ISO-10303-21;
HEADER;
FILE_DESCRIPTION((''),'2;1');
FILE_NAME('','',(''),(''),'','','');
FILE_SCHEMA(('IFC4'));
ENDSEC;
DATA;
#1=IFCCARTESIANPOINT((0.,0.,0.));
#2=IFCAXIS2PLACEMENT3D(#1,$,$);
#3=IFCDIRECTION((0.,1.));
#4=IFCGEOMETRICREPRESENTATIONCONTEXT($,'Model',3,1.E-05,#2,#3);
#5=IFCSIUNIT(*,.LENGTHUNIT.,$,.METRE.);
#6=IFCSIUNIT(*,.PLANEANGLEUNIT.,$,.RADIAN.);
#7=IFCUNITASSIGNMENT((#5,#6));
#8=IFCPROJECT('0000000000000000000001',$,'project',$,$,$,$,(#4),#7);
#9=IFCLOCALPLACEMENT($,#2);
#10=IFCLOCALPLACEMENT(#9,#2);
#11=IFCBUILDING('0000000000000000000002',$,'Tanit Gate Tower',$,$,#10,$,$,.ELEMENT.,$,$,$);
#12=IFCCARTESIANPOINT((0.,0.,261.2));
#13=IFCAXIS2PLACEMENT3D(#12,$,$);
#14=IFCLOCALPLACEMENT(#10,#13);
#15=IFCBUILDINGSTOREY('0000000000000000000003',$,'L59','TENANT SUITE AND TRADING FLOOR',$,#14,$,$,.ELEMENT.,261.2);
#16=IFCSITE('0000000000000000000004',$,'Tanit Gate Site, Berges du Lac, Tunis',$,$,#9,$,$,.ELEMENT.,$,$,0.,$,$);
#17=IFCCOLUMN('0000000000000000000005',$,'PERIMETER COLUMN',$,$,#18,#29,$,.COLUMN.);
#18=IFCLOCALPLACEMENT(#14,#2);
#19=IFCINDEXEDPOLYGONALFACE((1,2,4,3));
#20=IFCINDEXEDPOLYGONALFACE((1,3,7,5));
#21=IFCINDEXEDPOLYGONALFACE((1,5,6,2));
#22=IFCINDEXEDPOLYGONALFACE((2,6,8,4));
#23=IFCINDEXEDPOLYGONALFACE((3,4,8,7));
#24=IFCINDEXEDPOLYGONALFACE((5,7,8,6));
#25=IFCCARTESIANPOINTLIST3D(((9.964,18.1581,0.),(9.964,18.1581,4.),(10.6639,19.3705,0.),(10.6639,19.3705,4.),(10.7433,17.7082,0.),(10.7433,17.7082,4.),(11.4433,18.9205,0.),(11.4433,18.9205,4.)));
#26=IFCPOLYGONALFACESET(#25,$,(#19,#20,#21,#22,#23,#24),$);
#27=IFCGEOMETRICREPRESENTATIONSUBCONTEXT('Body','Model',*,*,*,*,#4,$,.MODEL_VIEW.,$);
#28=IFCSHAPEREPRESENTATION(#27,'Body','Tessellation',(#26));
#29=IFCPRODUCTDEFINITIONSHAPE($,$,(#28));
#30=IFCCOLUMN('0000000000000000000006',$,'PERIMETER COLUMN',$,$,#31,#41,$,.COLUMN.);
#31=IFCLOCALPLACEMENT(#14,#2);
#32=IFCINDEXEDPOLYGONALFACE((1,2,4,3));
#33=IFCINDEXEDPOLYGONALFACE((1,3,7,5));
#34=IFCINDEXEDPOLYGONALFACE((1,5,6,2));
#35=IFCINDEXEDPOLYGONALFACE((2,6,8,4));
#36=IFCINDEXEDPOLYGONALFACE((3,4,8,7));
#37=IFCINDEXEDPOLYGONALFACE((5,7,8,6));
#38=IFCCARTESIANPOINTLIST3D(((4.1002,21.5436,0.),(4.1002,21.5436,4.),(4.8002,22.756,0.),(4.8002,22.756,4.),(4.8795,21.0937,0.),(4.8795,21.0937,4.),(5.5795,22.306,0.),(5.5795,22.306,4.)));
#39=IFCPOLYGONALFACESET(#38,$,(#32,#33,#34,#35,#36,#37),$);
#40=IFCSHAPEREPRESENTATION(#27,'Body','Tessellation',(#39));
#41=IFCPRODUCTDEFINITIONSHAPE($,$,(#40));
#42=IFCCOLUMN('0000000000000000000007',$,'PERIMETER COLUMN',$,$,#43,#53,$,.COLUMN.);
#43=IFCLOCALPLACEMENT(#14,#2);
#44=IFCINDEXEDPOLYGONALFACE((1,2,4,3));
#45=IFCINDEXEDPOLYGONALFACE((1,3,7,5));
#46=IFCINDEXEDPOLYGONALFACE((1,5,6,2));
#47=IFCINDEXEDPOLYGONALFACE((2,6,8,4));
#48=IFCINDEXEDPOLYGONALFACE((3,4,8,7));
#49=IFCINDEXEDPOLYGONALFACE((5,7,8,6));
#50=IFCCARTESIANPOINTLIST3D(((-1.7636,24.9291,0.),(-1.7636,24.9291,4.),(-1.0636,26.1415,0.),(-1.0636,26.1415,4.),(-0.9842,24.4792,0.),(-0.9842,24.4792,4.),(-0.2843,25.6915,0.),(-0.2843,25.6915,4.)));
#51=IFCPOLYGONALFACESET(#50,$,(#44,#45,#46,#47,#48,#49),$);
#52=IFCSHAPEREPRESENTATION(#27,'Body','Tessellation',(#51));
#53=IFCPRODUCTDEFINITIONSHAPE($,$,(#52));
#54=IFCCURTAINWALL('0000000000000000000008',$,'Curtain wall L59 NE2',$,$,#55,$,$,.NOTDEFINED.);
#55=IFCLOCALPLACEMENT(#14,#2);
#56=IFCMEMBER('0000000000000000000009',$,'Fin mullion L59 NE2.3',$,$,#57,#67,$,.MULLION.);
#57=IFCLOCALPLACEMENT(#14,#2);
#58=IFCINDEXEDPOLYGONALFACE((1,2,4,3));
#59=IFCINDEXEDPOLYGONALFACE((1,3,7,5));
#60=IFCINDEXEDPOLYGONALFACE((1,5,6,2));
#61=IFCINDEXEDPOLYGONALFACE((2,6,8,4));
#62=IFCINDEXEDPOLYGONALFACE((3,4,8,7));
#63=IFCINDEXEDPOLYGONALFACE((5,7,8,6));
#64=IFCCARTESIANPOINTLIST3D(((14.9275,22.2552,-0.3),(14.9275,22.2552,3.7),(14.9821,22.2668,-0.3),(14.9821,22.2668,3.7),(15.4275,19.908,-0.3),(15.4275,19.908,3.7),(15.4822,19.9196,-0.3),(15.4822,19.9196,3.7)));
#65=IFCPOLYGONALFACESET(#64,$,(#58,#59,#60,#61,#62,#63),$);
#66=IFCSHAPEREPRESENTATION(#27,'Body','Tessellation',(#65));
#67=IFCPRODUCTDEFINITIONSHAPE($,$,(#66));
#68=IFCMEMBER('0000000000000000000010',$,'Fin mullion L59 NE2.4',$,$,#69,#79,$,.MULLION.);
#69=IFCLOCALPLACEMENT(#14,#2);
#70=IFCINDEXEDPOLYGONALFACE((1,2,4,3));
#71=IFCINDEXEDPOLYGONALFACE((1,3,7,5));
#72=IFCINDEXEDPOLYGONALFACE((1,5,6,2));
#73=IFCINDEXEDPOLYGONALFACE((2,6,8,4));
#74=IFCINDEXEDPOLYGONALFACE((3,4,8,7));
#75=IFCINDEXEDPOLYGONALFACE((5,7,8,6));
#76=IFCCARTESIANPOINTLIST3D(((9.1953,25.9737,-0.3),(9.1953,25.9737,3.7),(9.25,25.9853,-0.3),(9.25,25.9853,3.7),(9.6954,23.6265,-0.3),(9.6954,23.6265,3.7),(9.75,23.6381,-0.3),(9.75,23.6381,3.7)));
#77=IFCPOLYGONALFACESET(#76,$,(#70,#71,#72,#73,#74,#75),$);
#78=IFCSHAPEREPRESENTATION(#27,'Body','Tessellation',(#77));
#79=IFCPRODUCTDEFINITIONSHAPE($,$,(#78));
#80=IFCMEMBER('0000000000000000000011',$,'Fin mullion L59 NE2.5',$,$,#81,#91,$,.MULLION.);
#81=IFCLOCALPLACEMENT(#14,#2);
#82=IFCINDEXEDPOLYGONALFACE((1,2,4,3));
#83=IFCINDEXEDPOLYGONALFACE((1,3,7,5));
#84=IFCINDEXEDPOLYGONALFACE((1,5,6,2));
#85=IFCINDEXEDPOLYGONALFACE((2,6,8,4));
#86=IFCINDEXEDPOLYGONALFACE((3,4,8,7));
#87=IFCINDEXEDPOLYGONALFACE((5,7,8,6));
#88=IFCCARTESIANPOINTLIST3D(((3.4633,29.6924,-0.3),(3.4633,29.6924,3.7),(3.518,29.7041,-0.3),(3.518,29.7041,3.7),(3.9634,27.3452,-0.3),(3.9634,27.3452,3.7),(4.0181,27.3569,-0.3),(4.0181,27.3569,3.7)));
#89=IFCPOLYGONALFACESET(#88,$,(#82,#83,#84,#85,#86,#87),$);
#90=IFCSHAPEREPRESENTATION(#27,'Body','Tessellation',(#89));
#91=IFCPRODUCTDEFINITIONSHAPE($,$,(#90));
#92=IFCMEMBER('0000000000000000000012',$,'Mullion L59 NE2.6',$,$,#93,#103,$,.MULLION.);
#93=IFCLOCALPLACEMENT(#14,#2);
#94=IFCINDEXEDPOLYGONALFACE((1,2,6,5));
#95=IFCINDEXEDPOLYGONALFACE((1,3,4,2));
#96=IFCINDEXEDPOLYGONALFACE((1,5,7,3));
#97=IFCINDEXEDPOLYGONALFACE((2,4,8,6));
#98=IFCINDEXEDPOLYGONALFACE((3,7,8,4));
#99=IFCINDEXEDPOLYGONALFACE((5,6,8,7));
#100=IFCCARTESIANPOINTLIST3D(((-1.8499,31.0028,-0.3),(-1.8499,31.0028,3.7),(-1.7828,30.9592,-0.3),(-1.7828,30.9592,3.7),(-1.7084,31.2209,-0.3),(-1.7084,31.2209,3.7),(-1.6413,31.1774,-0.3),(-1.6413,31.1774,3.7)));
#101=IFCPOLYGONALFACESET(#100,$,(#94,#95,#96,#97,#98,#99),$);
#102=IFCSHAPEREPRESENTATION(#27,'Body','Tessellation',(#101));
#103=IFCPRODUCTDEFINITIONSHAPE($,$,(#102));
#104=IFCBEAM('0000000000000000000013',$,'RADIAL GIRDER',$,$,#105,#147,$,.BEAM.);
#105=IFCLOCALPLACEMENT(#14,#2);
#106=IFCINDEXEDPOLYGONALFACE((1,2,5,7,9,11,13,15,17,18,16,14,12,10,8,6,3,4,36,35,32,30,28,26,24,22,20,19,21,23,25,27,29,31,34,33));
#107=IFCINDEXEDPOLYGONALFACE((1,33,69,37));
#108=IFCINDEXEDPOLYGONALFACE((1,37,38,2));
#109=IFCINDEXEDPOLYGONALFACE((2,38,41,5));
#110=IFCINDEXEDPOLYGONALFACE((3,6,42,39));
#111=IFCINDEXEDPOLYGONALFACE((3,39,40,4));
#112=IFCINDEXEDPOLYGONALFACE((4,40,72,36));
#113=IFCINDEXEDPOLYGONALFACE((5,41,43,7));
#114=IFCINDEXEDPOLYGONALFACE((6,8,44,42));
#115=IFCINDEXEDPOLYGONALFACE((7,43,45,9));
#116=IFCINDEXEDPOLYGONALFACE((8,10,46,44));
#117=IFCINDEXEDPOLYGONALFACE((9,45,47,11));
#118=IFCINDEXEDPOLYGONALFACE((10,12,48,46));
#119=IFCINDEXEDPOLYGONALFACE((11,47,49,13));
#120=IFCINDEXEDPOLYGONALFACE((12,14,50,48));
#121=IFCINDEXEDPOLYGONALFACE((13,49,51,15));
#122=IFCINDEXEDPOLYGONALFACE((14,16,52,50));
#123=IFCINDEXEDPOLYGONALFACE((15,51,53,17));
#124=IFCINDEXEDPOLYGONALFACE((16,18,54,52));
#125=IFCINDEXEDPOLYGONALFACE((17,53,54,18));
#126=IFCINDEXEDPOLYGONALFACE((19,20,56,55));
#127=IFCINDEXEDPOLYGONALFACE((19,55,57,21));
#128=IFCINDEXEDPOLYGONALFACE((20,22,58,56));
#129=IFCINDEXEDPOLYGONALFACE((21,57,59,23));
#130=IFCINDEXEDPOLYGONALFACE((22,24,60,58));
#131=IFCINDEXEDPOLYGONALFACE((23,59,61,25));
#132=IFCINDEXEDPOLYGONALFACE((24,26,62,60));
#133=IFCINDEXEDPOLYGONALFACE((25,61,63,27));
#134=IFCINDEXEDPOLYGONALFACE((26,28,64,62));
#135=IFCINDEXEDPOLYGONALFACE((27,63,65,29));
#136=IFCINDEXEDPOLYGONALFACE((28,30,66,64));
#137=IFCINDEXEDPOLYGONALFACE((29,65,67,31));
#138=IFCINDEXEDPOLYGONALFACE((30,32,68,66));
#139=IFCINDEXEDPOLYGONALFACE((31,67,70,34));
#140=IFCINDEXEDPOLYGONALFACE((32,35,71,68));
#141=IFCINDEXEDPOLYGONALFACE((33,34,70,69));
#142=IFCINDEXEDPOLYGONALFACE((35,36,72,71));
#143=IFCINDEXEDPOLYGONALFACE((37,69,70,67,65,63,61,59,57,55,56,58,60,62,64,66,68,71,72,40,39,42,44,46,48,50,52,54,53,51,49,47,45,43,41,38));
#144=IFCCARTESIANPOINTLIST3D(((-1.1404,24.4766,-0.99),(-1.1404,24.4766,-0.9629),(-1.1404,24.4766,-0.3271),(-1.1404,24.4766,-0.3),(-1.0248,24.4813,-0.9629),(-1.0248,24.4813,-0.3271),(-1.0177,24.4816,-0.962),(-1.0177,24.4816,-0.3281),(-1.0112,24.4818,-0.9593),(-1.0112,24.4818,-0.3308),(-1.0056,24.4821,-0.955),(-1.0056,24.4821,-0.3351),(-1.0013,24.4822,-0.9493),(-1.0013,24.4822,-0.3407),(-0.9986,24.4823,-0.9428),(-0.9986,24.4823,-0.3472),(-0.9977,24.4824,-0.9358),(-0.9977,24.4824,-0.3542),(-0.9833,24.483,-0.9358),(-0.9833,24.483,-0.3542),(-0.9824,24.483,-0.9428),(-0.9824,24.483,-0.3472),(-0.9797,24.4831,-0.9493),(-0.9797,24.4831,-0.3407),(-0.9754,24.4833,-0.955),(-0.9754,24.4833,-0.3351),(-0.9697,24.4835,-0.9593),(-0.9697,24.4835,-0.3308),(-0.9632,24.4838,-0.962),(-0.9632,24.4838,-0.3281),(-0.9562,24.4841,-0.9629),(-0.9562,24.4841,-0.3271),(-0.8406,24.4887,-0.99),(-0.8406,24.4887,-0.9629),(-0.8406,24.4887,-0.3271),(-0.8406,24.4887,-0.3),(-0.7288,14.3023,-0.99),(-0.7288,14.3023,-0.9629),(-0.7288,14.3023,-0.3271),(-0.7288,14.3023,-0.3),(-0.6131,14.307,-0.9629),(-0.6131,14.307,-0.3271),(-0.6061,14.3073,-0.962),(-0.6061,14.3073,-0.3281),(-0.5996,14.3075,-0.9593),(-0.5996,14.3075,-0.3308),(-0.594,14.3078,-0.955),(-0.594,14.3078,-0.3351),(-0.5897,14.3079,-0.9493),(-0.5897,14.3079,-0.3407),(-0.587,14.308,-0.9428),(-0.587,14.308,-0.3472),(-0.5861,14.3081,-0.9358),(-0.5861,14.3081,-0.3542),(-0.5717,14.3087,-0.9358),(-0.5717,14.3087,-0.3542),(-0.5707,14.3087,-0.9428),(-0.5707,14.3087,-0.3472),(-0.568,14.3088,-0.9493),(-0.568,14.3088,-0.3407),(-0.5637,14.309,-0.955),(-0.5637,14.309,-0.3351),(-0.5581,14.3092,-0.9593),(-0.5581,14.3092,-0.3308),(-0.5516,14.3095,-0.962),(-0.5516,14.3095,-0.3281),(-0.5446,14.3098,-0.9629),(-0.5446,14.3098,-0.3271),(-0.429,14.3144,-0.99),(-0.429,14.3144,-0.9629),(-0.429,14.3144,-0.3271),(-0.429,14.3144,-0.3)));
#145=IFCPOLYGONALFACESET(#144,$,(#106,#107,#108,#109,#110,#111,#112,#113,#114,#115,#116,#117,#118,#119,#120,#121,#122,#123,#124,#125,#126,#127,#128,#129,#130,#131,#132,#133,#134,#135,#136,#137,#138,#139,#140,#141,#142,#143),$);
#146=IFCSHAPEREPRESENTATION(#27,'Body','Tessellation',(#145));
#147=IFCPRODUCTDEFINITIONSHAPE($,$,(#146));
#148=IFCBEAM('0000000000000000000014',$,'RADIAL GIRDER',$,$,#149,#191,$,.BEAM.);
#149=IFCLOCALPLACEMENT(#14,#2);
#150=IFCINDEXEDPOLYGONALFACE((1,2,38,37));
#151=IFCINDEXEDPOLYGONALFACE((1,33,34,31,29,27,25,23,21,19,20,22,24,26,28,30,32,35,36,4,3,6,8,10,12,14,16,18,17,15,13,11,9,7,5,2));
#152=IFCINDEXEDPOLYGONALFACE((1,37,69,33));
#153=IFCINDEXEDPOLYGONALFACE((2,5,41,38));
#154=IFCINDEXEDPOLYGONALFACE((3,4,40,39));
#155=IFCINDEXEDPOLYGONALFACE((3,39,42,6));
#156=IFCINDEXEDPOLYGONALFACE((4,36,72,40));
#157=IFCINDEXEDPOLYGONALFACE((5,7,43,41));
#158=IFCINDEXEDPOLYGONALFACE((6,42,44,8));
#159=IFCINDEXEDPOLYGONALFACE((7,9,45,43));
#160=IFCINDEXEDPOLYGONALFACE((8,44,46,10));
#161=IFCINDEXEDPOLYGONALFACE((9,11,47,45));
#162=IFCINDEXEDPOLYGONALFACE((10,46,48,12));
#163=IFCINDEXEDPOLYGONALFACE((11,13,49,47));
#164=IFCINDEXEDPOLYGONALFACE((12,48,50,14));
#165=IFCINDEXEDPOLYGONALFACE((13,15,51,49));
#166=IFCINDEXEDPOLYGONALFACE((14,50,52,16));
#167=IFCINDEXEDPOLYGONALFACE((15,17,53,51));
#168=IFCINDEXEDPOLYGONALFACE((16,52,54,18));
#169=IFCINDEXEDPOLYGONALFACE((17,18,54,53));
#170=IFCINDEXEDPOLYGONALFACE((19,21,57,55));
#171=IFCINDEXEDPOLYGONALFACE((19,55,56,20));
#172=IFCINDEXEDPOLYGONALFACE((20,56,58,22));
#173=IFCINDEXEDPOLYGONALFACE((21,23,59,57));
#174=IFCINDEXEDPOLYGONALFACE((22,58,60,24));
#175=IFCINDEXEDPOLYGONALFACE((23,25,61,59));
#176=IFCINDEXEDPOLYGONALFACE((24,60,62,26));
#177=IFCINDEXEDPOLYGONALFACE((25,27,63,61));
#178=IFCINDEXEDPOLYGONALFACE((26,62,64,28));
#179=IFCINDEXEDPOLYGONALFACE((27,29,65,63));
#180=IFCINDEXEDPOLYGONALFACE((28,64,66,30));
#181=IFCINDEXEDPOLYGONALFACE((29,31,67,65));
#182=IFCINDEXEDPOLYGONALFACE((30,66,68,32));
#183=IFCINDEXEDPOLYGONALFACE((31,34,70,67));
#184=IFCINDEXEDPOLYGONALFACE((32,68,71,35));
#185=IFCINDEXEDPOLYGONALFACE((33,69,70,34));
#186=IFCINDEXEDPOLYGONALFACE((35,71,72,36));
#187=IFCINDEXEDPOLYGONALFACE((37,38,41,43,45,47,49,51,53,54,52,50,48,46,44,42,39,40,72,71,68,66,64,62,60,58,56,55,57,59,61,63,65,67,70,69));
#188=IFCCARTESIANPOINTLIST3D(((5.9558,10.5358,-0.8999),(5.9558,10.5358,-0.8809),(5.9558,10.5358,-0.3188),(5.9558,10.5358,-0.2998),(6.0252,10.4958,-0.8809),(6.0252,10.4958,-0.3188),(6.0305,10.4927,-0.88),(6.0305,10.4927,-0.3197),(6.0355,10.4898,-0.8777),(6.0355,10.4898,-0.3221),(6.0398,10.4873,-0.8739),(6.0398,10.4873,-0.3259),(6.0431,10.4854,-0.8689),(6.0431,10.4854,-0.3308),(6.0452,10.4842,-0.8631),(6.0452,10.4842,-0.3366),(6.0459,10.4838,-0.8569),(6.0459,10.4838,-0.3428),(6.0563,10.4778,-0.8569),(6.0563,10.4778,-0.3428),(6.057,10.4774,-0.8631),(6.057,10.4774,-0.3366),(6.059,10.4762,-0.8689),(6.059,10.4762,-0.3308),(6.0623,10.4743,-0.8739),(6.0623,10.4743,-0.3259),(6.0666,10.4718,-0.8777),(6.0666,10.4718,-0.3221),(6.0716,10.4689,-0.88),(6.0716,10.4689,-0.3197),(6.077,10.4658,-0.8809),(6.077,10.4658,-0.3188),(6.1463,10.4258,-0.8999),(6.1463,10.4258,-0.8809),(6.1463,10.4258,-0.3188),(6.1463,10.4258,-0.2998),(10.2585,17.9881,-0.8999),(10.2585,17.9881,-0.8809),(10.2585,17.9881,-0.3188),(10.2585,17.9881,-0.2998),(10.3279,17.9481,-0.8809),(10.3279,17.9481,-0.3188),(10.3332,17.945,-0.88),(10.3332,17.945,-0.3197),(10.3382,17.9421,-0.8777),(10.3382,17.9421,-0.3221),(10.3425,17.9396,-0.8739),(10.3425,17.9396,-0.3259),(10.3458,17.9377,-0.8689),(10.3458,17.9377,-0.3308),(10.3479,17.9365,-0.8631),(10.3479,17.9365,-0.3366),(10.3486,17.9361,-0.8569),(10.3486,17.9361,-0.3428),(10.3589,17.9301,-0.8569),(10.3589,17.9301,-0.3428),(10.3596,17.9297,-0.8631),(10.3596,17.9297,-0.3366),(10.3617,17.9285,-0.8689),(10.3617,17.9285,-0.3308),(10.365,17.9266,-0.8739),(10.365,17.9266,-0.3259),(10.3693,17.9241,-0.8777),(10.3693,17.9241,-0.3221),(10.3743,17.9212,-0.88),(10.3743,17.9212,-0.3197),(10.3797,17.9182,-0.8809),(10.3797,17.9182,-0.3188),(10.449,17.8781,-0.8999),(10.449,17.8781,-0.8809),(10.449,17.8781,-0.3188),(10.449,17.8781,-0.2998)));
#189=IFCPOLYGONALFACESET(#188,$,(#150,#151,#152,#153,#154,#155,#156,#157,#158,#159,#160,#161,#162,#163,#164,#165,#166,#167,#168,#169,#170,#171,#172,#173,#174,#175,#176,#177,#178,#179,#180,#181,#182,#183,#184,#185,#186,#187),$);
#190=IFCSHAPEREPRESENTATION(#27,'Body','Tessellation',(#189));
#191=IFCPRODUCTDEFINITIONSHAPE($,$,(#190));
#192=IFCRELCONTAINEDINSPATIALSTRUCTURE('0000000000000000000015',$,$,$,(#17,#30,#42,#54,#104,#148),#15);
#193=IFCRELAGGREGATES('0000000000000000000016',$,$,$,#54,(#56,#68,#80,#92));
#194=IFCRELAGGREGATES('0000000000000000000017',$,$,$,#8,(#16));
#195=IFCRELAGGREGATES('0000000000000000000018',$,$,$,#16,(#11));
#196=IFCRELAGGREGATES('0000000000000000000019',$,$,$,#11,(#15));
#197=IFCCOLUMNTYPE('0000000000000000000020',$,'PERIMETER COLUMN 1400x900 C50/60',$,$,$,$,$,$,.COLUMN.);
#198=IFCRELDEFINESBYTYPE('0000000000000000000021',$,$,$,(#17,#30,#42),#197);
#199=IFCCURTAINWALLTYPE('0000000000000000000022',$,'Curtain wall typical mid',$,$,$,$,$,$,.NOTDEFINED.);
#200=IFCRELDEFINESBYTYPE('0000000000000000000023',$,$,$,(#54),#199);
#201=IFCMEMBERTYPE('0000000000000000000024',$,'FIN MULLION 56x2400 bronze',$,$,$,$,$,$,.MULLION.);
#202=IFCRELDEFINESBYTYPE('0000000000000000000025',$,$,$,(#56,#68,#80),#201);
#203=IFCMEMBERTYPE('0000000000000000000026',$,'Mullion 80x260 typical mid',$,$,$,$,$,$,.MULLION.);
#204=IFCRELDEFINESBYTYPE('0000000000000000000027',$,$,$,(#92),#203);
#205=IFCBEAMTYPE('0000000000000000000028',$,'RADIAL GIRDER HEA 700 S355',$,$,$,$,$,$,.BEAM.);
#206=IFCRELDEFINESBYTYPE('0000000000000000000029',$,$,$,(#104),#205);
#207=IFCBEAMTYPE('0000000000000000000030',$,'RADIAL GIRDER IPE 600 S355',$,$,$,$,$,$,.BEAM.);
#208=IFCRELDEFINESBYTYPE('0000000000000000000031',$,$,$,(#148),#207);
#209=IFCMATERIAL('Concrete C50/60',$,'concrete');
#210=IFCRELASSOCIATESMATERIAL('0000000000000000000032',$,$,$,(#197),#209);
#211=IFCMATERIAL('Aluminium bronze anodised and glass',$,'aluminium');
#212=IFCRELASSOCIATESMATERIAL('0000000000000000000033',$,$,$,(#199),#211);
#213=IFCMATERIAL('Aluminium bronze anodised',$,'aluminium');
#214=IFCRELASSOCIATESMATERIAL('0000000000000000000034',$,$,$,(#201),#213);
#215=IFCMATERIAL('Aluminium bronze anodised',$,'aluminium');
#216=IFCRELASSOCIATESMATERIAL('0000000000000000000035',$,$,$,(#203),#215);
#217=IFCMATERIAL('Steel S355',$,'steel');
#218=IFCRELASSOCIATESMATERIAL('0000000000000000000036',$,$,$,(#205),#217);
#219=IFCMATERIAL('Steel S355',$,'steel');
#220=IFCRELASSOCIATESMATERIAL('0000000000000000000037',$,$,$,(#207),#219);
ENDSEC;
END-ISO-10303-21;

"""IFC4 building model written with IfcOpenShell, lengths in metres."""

from ifc_helpers import new_model, si_unit, direction, frame, origin, origin_2d, place, context, subcontext, project, spatial, rectangle, i_section, extrude, material, material_profile, profile_set, type_object, element, aggregate, save


model = new_model("IFC4")

# Units and contexts
model_context = context("Model", 3, precision=1e-05, world=origin(), true_north=direction((0.0, 1.0)))
body_context = subcontext(model_context, "Body", "Model", "MODEL_VIEW")
ifc_project = project(units=[si_unit("LENGTHUNIT", "METRE"), si_unit("PLANEANGLEUNIT", "RADIAN")], contexts=[model_context])

# Site, building, storey
site_placement = place(None, origin())
site = spatial("IfcSite", under=ifc_project, at=site_placement, Name="Tanit Gate Site, Berges du Lac, Tunis", CompositionType="ELEMENT", RefElevation=0.0)
building_placement = place(site_placement, origin())
building = spatial("IfcBuilding", under=site, at=building_placement, Name="Tanit Gate Tower", CompositionType="ELEMENT")
storey_placement = place(building_placement, frame((0.0, 0.0, 261.2)))
storey = spatial("IfcBuildingStorey", under=building, at=storey_placement, Name="L59", Description="TENANT SUITE AND TRADING FLOOR", CompositionType="ELEMENT", Elevation=261.2)

# Columns
ifc_material_1 = material(Name="Concrete C50/60", Category="concrete")
ifc_material_profile_1 = material_profile(ifc_material_1, rectangle(XDim=1.3999, YDim=0.8999, at=origin_2d()), Name="RC 1400x900")
ifc_profile_set_1 = profile_set([ifc_material_profile_1], Name="Concrete C50/60")
column_type = type_object("IfcColumnType", Name="PERIMETER COLUMN 1400x900 C50/60", PredefinedType="COLUMN", material=ifc_profile_set_1)
for number, where, z_axis, x_axis, name in (
    (1, (10.7036, 18.5393, 0.0), (0.0, 0.0, 1.0), (0.5, 0.866025, 0.0), "PERIMETER COLUMN"),
    (2, (4.8398, 21.9248, 0.0), (0.0, 0.0, 1.0), (0.5, 0.866025, 0.0), "PERIMETER COLUMN"),
    (3, (-1.0239, 25.3103, 0.0), (0.0, 0.0, 1.0), (0.5, 0.866025, 0.0), "PERIMETER COLUMN"),
):
    element("IfcColumn", number, at=place(storey_placement, frame(where, z_axis=z_axis, x_axis=x_axis)), inside=storey, type_object=column_type, Name=name, PredefinedType="COLUMN", context=body_context, shape_type="SweptSolid", body=[
        extrude(rectangle(XDim=1.3999, YDim=0.8999, at=origin_2d()), origin(), (0.0, 0.0, 1.0), 4.0),
    ])

# Curtain wall, members
ifc_material_2 = material(Name="Aluminium bronze anodised and glass", Category="aluminium")
curtain_wall_type = type_object("IfcCurtainWallType", Name="Curtain wall typical mid", PredefinedType="NOTDEFINED", material=ifc_material_2)
curtain_wall_placement = place(storey_placement, origin())
curtain_wall = element("IfcCurtainWall", 4, at=curtain_wall_placement, inside=storey, type_object=curtain_wall_type, Name="Curtain wall L59 NE2", PredefinedType="NOTDEFINED")
ifc_material_3 = material(Name="Aluminium bronze anodised", Category="aluminium")
ifc_material_profile_2 = material_profile(ifc_material_3, rectangle(XDim=2.3999, YDim=0.0559, at=origin_2d()), Name="56x2400 bronze fin mullion")
ifc_profile_set_2 = profile_set([ifc_material_profile_2], Name="Aluminium bronze anodised")
member_type_1 = type_object("IfcMemberType", Name="FIN MULLION 56x2400 bronze", PredefinedType="MULLION", material=ifc_profile_set_2)
member_1_placement = place(storey_placement, frame((15.2048, 21.0874, -0.3), z_axis=(0.0, 0.0, 1.0), x_axis=(0.208373, -0.978049, 0.0)))
member_1 = element("IfcMember", 5, at=member_1_placement, type_object=member_type_1, Name="Fin mullion L59 NE2.3", PredefinedType="MULLION", context=body_context, shape_type="SweptSolid", body=[
    extrude(rectangle(XDim=2.3999, YDim=0.0559, at=origin_2d()), origin(), (0.0, 0.0, 1.0), 4.0),
])
member_2_placement = place(storey_placement, frame((9.4727, 24.8059, -0.3), z_axis=(0.0, 0.0, 1.0), x_axis=(0.208373, -0.978049, 0.0)))
member_2 = element("IfcMember", 6, at=member_2_placement, type_object=member_type_1, Name="Fin mullion L59 NE2.4", PredefinedType="MULLION", context=body_context, shape_type="SweptSolid", body=[
    extrude(rectangle(XDim=2.3999, YDim=0.0559, at=origin_2d()), origin(), (0.0, 0.0, 1.0), 4.0),
])
member_3_placement = place(storey_placement, frame((3.7407, 28.5247, -0.3), z_axis=(0.0, 0.0, 1.0), x_axis=(0.208373, -0.978049, 0.0)))
member_3 = element("IfcMember", 7, at=member_3_placement, type_object=member_type_1, Name="Fin mullion L59 NE2.5", PredefinedType="MULLION", context=body_context, shape_type="SweptSolid", body=[
    extrude(rectangle(XDim=2.3999, YDim=0.0559, at=origin_2d()), origin(), (0.0, 0.0, 1.0), 4.0),
])
ifc_material_4 = material(Name="Aluminium bronze anodised", Category="aluminium")
ifc_material_profile_3 = material_profile(ifc_material_4, rectangle(XDim=0.26, YDim=0.0801, at=origin_2d()), Name="80x260 bronze mullion")
ifc_profile_set_3 = profile_set([ifc_material_profile_3], Name="Aluminium bronze anodised")
member_type_2 = type_object("IfcMemberType", Name="Mullion 80x260 typical mid", PredefinedType="MULLION", material=ifc_profile_set_3)
member_4_placement = place(storey_placement, frame((-1.7456, 31.0901, -0.3), z_axis=(0.0, 0.0, 1.0), x_axis=(-0.544243, -0.838927, 0.0)))
member_4 = element("IfcMember", 8, at=member_4_placement, type_object=member_type_2, Name="Mullion L59 NE2.6", PredefinedType="MULLION", context=body_context, shape_type="SweptSolid", body=[
    extrude(rectangle(XDim=0.26, YDim=0.0801, at=origin_2d()), origin(), (0.0, 0.0, 1.0), 4.0),
])

# Beams
ifc_material_5 = material(Name="Steel S355", Category="steel")
ifc_material_profile_4 = material_profile(ifc_material_5, i_section(OverallWidth=0.3, OverallDepth=0.6899, WebThickness=0.0144, FlangeThickness=0.0271, FilletRadius=0.0271, at=origin_2d()), Name="HEA 700")
ifc_profile_set_4 = profile_set([ifc_material_profile_4], Name="Steel S355")
beam_type_1 = type_object("IfcBeamType", Name="RADIAL GIRDER HEA 700 S355", PredefinedType="BEAM", material=ifc_profile_set_4)
beam_1_placement = place(storey_placement, frame((-0.9905, 24.4827, -0.645), z_axis=(0.040424, -0.999183, 0.0), x_axis=(0.999183, 0.040424, 0.0)))
element("IfcBeam", 9, at=beam_1_placement, inside=storey, type_object=beam_type_1, Name="RADIAL GIRDER", PredefinedType="BEAM", context=body_context, shape_type="SweptSolid", body=[
    extrude(i_section(OverallWidth=0.3, OverallDepth=0.6899, WebThickness=0.0144, FlangeThickness=0.0271, FilletRadius=0.0271, at=origin_2d()), origin(), (0.0, 0.0, 1.0), 10.1826),
])
ifc_material_6 = material(Name="Steel S355", Category="steel")
ifc_material_profile_5 = material_profile(ifc_material_6, i_section(OverallWidth=0.22, OverallDepth=0.6001, WebThickness=0.012, FlangeThickness=0.019, FilletRadius=0.0239, at=origin_2d()), Name="IPE 600")
ifc_profile_set_5 = profile_set([ifc_material_profile_5], Name="Steel S355")
beam_type_2 = type_object("IfcBeamType", Name="RADIAL GIRDER IPE 600 S355", PredefinedType="BEAM", material=ifc_profile_set_5)
beam_2_placement = place(storey_placement, frame((10.3538, 17.9331, -0.5999), z_axis=(-0.500008, -0.866021, 0.0), x_axis=(0.866021, -0.500008, 0.0)))
element("IfcBeam", 10, at=beam_2_placement, inside=storey, type_object=beam_type_2, Name="RADIAL GIRDER", PredefinedType="BEAM", context=body_context, shape_type="SweptSolid", body=[
    extrude(i_section(OverallWidth=0.22, OverallDepth=0.6001, WebThickness=0.012, FlangeThickness=0.019, FilletRadius=0.0239, at=origin_2d()), origin(), (0.0, 0.0, 1.0), 8.6052),
])

aggregate(curtain_wall, [member_1, member_2, member_3, member_4])

save(model, "model.ifc")
